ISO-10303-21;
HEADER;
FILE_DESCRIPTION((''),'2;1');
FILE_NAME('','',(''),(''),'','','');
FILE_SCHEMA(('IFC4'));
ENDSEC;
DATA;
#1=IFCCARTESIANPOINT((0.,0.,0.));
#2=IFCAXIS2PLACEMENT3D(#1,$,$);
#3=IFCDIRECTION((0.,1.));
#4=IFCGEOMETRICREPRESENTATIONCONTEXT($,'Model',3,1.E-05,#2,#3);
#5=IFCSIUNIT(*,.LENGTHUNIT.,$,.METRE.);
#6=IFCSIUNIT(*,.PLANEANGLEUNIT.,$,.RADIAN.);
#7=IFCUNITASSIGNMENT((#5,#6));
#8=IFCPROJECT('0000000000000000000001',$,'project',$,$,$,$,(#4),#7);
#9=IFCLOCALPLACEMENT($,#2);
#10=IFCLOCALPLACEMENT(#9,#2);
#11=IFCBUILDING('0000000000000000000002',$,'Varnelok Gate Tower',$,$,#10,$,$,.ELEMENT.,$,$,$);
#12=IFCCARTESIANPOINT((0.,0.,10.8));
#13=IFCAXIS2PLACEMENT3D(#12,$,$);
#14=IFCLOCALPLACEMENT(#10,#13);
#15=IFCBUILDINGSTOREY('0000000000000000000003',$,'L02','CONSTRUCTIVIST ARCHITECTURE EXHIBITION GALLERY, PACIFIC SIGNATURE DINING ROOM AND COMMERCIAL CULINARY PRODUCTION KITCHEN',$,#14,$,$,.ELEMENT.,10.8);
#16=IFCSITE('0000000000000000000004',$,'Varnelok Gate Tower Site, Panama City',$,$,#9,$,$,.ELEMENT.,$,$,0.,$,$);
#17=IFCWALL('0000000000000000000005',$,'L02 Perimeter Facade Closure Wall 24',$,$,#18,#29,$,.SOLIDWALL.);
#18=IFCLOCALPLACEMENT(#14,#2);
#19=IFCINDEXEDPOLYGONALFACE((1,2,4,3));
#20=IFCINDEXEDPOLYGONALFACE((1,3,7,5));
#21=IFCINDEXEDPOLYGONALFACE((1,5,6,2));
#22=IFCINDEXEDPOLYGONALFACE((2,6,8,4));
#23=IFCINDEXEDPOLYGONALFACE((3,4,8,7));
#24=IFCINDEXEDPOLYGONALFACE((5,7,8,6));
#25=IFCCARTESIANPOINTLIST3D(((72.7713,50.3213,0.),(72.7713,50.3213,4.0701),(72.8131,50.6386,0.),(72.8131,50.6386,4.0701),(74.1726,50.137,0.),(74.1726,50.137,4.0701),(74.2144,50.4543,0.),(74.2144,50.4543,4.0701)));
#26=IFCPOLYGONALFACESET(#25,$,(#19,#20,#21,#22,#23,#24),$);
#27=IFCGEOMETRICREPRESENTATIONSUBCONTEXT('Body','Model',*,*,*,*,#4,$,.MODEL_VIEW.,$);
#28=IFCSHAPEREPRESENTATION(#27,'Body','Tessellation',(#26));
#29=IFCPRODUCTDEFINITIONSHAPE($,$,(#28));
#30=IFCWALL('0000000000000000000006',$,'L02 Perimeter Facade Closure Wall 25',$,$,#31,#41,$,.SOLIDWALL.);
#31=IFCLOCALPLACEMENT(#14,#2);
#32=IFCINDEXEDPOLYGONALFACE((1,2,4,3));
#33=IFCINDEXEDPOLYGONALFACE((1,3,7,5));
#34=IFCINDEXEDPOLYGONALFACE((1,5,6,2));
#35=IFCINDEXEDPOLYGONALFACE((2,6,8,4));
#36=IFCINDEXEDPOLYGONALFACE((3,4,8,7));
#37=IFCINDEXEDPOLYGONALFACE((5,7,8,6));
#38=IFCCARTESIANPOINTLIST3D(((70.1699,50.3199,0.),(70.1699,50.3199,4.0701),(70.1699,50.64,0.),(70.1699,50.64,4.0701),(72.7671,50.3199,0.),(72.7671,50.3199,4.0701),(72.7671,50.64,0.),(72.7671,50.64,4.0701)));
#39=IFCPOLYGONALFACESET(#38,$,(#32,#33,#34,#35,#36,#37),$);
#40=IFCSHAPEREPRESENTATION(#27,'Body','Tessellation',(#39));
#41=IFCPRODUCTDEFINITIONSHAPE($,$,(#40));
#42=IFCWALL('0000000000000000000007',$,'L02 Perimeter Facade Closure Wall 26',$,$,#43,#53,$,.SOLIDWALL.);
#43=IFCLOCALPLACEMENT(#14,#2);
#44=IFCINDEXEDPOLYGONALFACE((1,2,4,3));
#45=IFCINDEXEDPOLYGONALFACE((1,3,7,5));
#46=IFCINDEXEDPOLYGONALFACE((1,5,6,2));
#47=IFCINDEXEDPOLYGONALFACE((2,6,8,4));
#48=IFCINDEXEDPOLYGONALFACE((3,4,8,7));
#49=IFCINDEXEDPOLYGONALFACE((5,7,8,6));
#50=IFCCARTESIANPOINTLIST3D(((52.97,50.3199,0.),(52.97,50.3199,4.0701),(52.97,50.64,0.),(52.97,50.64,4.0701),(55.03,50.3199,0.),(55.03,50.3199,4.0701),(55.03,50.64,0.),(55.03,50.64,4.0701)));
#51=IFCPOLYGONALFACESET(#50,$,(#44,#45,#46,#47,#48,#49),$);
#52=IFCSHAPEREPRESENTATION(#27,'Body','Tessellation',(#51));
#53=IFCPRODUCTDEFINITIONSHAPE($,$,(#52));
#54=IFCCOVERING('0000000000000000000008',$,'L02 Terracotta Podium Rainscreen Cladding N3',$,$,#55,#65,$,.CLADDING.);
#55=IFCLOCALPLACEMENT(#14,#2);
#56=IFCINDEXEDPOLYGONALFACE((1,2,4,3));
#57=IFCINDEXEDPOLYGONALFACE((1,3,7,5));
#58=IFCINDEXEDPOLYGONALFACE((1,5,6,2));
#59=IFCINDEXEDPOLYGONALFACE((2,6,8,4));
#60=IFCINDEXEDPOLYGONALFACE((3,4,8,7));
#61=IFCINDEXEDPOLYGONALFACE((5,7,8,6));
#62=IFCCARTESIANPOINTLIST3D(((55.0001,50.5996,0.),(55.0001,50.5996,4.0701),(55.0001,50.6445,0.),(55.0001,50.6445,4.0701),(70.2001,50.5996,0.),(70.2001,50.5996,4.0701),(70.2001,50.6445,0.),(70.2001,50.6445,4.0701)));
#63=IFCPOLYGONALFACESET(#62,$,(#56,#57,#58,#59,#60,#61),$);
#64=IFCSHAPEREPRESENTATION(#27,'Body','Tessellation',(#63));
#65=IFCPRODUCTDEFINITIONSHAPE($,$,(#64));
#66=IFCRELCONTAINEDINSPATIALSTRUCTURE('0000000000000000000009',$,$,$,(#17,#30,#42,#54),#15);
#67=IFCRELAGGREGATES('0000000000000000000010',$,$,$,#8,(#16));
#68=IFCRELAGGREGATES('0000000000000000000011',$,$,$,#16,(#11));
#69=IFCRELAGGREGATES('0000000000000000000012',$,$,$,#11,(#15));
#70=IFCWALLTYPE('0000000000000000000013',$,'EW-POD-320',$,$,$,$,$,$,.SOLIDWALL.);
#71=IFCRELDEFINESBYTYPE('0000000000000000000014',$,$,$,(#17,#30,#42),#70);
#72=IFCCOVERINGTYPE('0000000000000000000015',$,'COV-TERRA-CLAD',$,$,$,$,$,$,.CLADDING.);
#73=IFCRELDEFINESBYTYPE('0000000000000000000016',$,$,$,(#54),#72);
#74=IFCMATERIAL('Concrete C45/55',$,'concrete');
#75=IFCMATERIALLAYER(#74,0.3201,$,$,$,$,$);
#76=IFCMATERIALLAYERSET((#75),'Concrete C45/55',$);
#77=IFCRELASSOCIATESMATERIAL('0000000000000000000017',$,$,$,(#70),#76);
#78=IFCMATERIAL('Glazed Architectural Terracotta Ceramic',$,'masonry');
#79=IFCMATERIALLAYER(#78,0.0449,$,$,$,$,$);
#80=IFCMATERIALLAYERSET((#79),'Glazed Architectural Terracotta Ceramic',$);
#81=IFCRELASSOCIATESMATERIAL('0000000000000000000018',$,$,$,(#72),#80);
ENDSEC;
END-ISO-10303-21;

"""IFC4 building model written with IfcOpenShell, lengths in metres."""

from ifc_helpers import new_model, si_unit, direction, frame, frame_2d, origin, origin_2d, place, context, subcontext, project, spatial, rectangle, extrude, source, transform, mapped, material, layer, layer_set, type_object, element, save


model = new_model("IFC4")

# Units and contexts
model_context = context("Model", 3, precision=1e-05, world=origin(), true_north=direction((0.0, 1.0)))
body_context = subcontext(model_context, "Body", "Model", "MODEL_VIEW")
ifc_project = project(units=[si_unit("LENGTHUNIT", "METRE"), si_unit("PLANEANGLEUNIT", "RADIAN")], contexts=[model_context])

# Site, building, storey
site_placement = place(None, origin())
site = spatial("IfcSite", under=ifc_project, at=site_placement, Name="Varnelok Gate Tower Site, Panama City", CompositionType="ELEMENT", RefElevation=0.0)
building_placement = place(site_placement, origin())
building = spatial("IfcBuilding", under=site, at=building_placement, Name="Varnelok Gate Tower", CompositionType="ELEMENT")
storey_placement = place(building_placement, frame((0.0, 0.0, 10.8)))
storey = spatial("IfcBuildingStorey", under=building, at=storey_placement, Name="L02", Description="CONSTRUCTIVIST ARCHITECTURE EXHIBITION GALLERY, PACIFIC SIGNATURE DINING ROOM AND COMMERCIAL CULINARY PRODUCTION KITCHEN", CompositionType="ELEMENT", Elevation=10.8)

# Shared definitions
ifc_material_1 = material(Name="Concrete C45/55", Category="concrete")
ifc_layer_1 = layer(ifc_material_1, 0.3201)
ifc_layer_set_1 = layer_set([ifc_layer_1], Name="Concrete C45/55")
wall_type = type_object("IfcWallType", Name="EW-POD-320", PredefinedType="SOLIDWALL", material=ifc_layer_set_1)

# Walls
wall_1_placement = place(storey_placement, frame((74.1934, 50.2957, 0.0), z_axis=(0.0, 0.0, 1.0), x_axis=(-0.99146, 0.13041, 0.0)))
element("IfcWall", 1, at=wall_1_placement, inside=storey, type_object=wall_type, Name="L02 Perimeter Facade Closure Wall 24", PredefinedType="SOLIDWALL", context=body_context, shape_type="SweptSolid", body=[
    extrude(rectangle(XDim=1.4133, YDim=0.3201, at=frame_2d((0.7065, 0.0))), origin(), (0.0, 0.0, 1.0), 4.0701),
])
wall_2_placement = place(storey_placement, frame((72.7671, 50.48, 0.0), z_axis=(0.0, 0.0, 1.0), x_axis=(-1.0, 0.0, 0.0)))
element("IfcWall", 2, at=wall_2_placement, inside=storey, type_object=wall_type, Name="L02 Perimeter Facade Closure Wall 25", PredefinedType="SOLIDWALL", context=body_context, shape_type="SweptSolid", body=[
    extrude(rectangle(XDim=2.5972, YDim=0.3201, at=frame_2d((1.2986, 0.0))), origin(), (0.0, 0.0, 1.0), 4.0701),
])
wall_3_placement = place(storey_placement, frame((55.03, 50.48, 0.0), z_axis=(0.0, 0.0, 1.0), x_axis=(-1.0, 0.0, 0.0)))
element("IfcWall", 3, at=wall_3_placement, inside=storey, type_object=wall_type, Name="L02 Perimeter Facade Closure Wall 26", PredefinedType="SOLIDWALL", context=body_context, shape_type="SweptSolid", body=[
    extrude(rectangle(XDim=2.0601, YDim=0.3201, at=frame_2d((1.03, 0.0))), origin(), (0.0, 0.0, 1.0), 4.0701),
])

# Covering
ifc_material_2 = material(Name="Glazed Architectural Terracotta Ceramic", Category="masonry")
ifc_layer_2 = layer(ifc_material_2, 0.0449)
ifc_layer_set_2 = layer_set([ifc_layer_2], Name="Glazed Architectural Terracotta Ceramic")
covering_type = type_object("IfcCoveringType", Name="COV-TERRA-CLAD", PredefinedType="CLADDING", material=ifc_layer_set_2)
shared_shape = source(origin(), body_context, "Body", "SweptSolid", [
    extrude(rectangle(XDim=15.2, YDim=0.0449, at=origin_2d()), origin(), (0.0, 0.0, 1.0), 4.0701),
])
covering_placement = place(storey_placement, frame((62.6001, 50.6221, 0.0), z_axis=(0.0, 0.0, 1.0), x_axis=(1.0, 0.0, 0.0)))
element("IfcCovering", 4, at=covering_placement, inside=storey, type_object=covering_type, Name="L02 Terracotta Podium Rainscreen Cladding N3", PredefinedType="CLADDING", context=body_context, shape_type="MappedRepresentation", body=[
    mapped(shared_shape, transform((0.0, 0.0, 0.0), scale=1.0)),
])

save(model, "model.ifc")
